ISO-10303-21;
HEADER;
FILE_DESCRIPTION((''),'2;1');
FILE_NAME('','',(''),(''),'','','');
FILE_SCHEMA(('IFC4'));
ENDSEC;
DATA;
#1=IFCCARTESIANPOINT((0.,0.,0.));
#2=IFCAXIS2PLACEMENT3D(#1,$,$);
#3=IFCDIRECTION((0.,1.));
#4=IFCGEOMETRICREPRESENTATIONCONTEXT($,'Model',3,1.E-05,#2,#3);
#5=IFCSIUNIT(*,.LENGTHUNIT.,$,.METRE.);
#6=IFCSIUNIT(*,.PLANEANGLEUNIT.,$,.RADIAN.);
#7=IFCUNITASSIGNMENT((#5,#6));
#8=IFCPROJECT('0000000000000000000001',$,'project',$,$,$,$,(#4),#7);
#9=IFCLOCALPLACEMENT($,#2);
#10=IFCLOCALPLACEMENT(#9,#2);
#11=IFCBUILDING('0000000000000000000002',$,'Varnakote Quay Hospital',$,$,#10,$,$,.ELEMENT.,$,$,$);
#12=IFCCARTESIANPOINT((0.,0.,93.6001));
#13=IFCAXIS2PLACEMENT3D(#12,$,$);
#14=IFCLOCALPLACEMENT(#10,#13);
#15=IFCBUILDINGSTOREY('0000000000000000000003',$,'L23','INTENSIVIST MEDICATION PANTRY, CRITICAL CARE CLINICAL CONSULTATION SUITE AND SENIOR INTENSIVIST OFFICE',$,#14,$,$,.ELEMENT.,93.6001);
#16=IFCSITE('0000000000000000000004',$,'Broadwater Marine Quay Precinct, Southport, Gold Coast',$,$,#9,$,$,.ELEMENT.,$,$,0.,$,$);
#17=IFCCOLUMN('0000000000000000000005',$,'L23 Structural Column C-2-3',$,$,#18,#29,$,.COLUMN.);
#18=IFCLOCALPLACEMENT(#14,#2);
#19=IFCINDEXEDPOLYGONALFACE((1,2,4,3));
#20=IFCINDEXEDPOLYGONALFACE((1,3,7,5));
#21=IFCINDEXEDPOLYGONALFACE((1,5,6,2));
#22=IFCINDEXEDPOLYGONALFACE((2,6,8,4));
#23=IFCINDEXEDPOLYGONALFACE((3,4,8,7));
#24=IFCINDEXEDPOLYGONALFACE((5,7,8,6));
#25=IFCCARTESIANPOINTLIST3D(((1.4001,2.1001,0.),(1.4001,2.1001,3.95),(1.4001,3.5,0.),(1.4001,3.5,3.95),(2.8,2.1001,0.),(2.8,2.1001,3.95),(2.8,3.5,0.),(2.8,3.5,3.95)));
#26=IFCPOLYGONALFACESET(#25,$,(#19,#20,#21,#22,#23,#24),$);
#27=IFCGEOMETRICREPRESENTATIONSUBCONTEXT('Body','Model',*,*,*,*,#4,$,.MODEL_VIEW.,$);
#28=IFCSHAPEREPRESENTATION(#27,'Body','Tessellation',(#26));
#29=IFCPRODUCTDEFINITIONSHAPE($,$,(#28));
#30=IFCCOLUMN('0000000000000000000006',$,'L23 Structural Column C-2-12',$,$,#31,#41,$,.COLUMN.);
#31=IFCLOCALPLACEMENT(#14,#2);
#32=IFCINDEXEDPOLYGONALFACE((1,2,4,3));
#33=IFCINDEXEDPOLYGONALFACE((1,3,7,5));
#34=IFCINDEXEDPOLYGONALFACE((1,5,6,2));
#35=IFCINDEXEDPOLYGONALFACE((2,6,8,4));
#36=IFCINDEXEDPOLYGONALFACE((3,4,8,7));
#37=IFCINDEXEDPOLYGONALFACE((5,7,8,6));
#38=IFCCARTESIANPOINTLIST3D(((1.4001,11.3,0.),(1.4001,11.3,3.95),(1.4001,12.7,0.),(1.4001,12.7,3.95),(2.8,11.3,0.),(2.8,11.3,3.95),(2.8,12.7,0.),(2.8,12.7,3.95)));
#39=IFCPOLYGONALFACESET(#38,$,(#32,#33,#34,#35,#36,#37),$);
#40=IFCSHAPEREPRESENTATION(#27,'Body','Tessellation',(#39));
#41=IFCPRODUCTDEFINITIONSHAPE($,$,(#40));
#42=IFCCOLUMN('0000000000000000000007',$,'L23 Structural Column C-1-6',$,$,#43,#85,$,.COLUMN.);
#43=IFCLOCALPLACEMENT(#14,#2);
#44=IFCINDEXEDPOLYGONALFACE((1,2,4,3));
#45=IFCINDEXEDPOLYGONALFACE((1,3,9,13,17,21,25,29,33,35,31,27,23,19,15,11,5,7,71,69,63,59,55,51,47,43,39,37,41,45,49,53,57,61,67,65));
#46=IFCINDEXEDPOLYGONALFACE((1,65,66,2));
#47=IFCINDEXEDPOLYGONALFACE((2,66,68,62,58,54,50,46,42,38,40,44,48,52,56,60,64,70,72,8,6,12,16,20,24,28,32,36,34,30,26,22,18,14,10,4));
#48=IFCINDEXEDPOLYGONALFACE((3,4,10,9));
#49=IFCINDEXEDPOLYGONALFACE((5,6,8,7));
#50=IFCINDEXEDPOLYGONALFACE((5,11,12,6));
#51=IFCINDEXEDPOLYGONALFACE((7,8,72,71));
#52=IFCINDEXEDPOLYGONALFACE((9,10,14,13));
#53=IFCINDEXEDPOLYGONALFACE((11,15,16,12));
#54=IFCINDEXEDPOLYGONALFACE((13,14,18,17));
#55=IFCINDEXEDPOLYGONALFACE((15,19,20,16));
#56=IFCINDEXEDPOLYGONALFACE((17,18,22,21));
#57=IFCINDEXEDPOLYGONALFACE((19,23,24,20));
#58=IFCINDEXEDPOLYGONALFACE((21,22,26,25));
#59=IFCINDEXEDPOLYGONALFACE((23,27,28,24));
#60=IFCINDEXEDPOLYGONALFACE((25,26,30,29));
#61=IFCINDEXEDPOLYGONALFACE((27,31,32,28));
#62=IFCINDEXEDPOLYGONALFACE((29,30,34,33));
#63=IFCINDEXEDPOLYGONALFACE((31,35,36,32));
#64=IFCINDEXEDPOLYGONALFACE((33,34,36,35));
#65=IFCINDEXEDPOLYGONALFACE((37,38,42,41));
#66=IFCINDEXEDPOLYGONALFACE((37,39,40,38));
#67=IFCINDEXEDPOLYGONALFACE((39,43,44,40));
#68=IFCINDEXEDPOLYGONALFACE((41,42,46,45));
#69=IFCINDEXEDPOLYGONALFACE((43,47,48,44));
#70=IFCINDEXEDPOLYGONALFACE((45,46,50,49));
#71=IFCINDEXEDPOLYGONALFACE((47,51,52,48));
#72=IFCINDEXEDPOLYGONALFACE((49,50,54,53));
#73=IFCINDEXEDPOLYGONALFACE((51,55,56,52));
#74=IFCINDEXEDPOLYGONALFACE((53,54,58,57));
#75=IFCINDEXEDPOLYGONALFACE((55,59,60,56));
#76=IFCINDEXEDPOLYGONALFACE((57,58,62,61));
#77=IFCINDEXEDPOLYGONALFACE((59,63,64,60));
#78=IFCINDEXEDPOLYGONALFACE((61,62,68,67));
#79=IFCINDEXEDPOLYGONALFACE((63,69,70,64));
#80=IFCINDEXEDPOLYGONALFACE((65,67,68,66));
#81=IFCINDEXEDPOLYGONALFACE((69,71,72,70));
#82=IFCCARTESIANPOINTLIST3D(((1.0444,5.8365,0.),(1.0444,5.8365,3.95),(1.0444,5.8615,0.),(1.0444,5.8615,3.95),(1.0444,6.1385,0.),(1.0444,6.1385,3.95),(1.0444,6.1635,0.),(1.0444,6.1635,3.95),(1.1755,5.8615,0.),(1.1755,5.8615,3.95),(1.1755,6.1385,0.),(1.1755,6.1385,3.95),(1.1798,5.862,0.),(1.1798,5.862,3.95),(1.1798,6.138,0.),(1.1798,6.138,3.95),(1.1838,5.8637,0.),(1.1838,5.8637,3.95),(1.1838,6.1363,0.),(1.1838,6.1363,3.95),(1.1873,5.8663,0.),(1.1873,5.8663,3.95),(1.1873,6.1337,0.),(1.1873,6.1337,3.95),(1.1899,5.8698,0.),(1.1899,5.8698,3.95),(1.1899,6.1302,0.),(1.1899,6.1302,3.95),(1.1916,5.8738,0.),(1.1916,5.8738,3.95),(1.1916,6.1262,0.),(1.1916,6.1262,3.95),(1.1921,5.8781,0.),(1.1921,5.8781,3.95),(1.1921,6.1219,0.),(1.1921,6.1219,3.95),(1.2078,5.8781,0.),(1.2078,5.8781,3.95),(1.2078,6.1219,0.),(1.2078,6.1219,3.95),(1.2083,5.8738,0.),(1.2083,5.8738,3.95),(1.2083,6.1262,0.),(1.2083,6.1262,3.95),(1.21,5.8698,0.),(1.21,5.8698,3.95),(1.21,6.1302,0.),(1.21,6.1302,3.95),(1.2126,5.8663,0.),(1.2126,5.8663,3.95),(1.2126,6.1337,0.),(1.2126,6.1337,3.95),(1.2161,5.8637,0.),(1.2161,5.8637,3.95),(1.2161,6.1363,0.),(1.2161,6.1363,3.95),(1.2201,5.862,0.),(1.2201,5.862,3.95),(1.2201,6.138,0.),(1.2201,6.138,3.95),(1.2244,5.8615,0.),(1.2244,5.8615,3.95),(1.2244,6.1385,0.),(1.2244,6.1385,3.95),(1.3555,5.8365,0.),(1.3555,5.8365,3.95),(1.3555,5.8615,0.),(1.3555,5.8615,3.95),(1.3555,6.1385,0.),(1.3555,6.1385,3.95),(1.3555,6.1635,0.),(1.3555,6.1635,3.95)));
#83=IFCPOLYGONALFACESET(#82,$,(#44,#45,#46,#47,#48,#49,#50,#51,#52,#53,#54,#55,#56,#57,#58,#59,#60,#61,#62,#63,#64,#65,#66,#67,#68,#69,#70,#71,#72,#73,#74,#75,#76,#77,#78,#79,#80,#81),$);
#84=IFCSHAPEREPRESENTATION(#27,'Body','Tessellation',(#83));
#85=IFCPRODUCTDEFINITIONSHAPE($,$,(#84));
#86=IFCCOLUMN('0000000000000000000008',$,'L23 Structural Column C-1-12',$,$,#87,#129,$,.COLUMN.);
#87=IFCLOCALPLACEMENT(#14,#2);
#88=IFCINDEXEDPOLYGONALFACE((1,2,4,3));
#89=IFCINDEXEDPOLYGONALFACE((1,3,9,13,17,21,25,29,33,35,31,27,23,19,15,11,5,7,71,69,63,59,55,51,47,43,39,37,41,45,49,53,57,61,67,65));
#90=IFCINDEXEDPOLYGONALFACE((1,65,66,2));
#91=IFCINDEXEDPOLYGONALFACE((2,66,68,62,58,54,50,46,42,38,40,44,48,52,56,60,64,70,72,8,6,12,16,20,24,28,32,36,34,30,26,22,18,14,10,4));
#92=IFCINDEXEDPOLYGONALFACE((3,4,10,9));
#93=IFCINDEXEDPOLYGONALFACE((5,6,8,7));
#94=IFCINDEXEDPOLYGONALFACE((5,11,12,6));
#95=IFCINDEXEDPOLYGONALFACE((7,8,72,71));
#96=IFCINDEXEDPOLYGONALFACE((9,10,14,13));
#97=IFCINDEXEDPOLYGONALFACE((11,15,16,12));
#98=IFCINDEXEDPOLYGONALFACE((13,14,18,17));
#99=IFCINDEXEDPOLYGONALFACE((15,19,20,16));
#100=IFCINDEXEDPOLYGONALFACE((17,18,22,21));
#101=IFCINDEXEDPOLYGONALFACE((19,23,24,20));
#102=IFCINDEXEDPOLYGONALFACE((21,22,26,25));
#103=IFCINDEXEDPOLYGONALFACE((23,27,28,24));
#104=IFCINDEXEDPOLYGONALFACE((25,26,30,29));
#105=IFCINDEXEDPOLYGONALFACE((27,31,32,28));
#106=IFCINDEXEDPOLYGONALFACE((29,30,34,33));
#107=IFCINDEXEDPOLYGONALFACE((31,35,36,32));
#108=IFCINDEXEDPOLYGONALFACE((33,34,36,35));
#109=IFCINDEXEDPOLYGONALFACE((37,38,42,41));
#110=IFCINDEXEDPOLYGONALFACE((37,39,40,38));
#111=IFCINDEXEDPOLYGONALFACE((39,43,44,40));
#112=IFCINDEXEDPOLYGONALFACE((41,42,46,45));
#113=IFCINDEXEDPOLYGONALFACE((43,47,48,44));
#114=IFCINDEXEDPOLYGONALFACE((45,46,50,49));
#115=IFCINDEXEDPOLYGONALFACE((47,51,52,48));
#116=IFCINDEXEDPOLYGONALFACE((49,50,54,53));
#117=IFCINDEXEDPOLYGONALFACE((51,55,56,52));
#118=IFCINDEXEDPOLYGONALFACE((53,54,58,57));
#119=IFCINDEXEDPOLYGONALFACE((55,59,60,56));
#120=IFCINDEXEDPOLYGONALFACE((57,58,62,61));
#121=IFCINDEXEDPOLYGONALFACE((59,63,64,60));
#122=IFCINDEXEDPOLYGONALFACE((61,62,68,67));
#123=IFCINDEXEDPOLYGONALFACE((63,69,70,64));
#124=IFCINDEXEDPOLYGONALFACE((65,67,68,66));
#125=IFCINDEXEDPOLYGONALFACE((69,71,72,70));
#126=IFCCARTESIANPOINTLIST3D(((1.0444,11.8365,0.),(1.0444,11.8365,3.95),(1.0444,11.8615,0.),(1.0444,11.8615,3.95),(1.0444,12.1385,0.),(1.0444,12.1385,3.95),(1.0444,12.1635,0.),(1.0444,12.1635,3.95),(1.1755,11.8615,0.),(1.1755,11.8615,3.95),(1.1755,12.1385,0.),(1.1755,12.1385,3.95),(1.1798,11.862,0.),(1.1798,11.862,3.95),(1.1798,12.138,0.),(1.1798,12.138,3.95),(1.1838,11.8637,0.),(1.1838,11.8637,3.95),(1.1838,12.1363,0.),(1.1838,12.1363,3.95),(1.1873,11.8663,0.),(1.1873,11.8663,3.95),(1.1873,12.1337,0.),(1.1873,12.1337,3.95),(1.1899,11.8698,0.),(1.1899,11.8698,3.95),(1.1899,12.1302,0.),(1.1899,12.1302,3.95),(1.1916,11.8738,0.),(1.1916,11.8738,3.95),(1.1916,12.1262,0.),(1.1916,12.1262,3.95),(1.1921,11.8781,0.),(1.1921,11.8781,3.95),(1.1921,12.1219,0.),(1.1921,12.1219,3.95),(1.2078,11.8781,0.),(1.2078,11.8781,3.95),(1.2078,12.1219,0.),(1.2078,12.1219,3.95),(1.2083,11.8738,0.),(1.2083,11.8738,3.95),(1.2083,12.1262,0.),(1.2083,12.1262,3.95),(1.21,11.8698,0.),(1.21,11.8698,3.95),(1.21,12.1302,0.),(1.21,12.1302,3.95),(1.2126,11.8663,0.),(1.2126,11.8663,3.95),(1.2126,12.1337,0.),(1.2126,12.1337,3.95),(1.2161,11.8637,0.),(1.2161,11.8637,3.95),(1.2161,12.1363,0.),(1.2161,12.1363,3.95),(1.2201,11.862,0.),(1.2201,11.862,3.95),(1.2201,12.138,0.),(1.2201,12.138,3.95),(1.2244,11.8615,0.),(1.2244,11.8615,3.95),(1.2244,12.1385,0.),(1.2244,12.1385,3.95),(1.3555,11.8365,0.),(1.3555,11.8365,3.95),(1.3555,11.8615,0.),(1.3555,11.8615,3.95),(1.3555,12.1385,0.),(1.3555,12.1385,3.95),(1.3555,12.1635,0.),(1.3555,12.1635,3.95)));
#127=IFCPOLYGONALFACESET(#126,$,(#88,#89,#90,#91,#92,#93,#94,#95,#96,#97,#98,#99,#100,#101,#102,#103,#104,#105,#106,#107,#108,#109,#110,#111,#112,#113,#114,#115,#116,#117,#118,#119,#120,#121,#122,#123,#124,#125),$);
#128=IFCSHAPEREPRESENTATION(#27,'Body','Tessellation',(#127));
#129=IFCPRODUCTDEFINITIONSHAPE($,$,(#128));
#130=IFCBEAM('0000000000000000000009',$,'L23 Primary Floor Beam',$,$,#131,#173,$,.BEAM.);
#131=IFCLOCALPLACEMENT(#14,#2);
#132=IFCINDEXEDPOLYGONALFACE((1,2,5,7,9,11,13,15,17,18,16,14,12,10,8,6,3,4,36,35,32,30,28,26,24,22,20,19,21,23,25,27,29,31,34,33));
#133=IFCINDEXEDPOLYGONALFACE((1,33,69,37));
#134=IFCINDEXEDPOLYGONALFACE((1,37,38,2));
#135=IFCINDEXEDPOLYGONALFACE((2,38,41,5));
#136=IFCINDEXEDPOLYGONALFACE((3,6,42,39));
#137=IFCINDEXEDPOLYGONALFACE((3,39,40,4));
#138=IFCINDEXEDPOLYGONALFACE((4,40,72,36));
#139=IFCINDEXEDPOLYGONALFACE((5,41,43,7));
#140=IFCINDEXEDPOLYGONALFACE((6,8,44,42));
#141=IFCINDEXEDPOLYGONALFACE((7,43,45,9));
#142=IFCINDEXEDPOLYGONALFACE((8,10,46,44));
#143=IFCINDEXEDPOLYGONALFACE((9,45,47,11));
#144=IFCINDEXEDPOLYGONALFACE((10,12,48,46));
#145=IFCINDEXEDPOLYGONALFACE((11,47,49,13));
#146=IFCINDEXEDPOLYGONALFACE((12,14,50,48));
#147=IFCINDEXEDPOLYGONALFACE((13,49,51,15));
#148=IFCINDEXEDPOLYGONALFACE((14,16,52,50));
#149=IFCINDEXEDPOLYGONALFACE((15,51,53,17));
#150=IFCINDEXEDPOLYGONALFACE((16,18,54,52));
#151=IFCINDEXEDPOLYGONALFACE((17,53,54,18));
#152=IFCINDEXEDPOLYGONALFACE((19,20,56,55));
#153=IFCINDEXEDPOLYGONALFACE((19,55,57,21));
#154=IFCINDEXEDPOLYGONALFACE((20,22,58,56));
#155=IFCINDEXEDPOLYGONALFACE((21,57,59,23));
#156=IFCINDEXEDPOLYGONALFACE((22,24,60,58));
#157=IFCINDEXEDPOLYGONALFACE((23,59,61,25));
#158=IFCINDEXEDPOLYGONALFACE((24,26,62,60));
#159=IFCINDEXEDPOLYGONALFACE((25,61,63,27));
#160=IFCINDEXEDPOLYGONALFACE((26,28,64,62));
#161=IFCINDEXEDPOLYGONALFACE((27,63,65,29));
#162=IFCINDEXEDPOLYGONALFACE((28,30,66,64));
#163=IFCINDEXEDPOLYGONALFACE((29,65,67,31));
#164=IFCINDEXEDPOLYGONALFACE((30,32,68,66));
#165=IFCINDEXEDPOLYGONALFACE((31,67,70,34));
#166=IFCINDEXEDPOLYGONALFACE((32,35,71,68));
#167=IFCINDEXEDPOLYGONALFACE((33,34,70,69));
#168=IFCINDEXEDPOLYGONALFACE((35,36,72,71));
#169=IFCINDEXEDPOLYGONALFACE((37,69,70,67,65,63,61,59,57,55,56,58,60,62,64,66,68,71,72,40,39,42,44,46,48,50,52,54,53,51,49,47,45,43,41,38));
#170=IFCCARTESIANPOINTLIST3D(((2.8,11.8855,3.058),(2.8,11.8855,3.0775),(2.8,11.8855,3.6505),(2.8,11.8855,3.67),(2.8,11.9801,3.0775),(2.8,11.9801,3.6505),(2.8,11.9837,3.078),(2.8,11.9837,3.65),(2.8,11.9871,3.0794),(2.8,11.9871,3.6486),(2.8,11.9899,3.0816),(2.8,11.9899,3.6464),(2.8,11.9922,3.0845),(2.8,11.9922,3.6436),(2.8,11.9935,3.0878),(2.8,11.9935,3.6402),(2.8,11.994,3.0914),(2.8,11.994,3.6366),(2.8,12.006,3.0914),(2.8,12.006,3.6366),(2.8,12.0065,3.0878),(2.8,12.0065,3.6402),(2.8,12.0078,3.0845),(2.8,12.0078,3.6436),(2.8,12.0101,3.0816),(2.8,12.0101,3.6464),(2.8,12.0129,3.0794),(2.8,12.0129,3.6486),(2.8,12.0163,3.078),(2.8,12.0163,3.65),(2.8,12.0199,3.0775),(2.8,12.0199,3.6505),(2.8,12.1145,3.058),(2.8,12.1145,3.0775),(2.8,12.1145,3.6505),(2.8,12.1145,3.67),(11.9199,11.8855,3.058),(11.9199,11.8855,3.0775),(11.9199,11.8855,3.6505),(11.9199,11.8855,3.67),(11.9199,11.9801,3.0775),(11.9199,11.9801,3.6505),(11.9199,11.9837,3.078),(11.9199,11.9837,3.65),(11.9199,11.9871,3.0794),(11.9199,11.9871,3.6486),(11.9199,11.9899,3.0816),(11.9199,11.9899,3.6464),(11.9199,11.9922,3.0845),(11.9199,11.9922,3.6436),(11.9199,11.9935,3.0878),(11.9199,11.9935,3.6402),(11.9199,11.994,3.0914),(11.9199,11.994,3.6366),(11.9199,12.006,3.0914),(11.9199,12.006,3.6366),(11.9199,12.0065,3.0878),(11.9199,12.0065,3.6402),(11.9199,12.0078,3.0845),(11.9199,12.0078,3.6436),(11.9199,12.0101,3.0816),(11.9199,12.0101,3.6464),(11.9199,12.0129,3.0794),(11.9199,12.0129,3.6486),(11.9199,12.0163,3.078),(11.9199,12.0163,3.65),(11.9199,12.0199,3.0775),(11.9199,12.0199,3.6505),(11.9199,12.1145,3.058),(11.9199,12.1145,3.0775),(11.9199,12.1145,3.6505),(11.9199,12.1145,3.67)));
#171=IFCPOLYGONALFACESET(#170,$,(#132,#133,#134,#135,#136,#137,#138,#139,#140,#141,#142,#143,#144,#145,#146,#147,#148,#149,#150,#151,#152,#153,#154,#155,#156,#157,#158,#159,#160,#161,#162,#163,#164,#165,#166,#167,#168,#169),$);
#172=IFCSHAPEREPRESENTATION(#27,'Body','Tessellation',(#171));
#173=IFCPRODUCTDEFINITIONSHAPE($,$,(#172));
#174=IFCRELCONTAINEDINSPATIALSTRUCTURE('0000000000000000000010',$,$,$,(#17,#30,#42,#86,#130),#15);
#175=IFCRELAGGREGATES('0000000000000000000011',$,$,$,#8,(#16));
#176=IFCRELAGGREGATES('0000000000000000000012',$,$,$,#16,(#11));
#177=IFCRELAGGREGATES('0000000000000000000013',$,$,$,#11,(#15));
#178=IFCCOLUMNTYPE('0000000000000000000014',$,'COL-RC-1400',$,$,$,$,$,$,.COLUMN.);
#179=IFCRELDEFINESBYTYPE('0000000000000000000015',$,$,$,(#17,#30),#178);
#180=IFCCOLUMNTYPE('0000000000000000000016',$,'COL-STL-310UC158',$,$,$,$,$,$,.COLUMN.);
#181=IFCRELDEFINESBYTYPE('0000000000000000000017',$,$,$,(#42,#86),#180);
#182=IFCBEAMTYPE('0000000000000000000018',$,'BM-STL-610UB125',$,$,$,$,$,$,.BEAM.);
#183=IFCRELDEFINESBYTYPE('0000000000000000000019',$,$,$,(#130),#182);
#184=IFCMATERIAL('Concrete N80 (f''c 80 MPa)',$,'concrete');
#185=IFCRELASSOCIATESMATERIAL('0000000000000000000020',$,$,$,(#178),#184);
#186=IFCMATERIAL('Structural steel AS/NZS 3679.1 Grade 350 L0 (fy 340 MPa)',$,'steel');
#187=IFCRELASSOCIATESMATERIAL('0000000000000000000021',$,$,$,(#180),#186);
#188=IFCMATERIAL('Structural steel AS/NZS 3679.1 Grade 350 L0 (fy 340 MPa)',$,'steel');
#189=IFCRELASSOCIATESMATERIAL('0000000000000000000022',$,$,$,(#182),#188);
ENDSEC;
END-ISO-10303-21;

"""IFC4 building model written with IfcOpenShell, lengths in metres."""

from ifc_helpers import new_model, si_unit, direction, frame, origin, origin_2d, place, context, subcontext, project, spatial, rectangle, i_section, extrude, material, material_profile, profile_set, type_object, element, save


model = new_model("IFC4")

# Units and contexts
model_context = context("Model", 3, precision=1e-05, world=origin(), true_north=direction((0.0, 1.0)))
body_context = subcontext(model_context, "Body", "Model", "MODEL_VIEW")
ifc_project = project(units=[si_unit("LENGTHUNIT", "METRE"), si_unit("PLANEANGLEUNIT", "RADIAN")], contexts=[model_context])

# Site, building, storey
site_placement = place(None, origin())
site = spatial("IfcSite", under=ifc_project, at=site_placement, Name="Broadwater Marine Quay Precinct, Southport, Gold Coast", CompositionType="ELEMENT", RefElevation=0.0)
building_placement = place(site_placement, origin())
building = spatial("IfcBuilding", under=site, at=building_placement, Name="Varnakote Quay Hospital", CompositionType="ELEMENT")
storey_placement = place(building_placement, frame((0.0, 0.0, 93.6001)))
storey = spatial("IfcBuildingStorey", under=building, at=storey_placement, Name="L23", Description="INTENSIVIST MEDICATION PANTRY, CRITICAL CARE CLINICAL CONSULTATION SUITE AND SENIOR INTENSIVIST OFFICE", CompositionType="ELEMENT", Elevation=93.6001)

# Columns
ifc_material_1 = material(Name="Concrete N80 (f'c 80 MPa)", Category="concrete")
ifc_material_profile_1 = material_profile(ifc_material_1, rectangle(XDim=1.3999, YDim=1.3999, at=origin_2d()), Name="RC-COL-1400x1400")
ifc_profile_set_1 = profile_set([ifc_material_profile_1], Name="Concrete N80 (f'c 80 MPa)")
column_type_1 = type_object("IfcColumnType", Name="COL-RC-1400", PredefinedType="COLUMN", material=ifc_profile_set_1)
for number, where, z_axis, x_axis, name in (
    (1, (2.1001, 2.8, 0.0), (0.0, 0.0, 1.0), (1.0, 0.0, 0.0), "L23 Structural Column C-2-3"),
    (2, (2.1001, 12.0, 0.0), (0.0, 0.0, 1.0), (1.0, 0.0, 0.0), "L23 Structural Column C-2-12"),
):
    element("IfcColumn", number, at=place(storey_placement, frame(where, z_axis=z_axis, x_axis=x_axis)), inside=storey, type_object=column_type_1, Name=name, PredefinedType="COLUMN", context=body_context, shape_type="SweptSolid", body=[
        extrude(rectangle(XDim=1.3999, YDim=1.3999, at=origin_2d()), origin(), (0.0, 0.0, 1.0), 3.95),
    ])
ifc_material_2 = material(Name="Structural steel AS/NZS 3679.1 Grade 350 L0 (fy 340 MPa)", Category="steel")
ifc_material_profile_2 = material_profile(ifc_material_2, i_section(OverallWidth=0.311, OverallDepth=0.3269, WebThickness=0.0156, FlangeThickness=0.0249, FilletRadius=0.0166, at=origin_2d()), Name="310UC158")
ifc_profile_set_2 = profile_set([ifc_material_profile_2], Name="Structural steel AS/NZS 3679.1 Grade 350 L0 (fy 340 MPa)")
column_type_2 = type_object("IfcColumnType", Name="COL-STL-310UC158", PredefinedType="COLUMN", material=ifc_profile_set_2)
for number, where, z_axis, x_axis, name in (
    (3, (1.2, 6.0, 0.0), (0.0, 0.0, 1.0), (1.0, 0.0, 0.0), "L23 Structural Column C-1-6"),
    (4, (1.2, 12.0, 0.0), (0.0, 0.0, 1.0), (1.0, 0.0, 0.0), "L23 Structural Column C-1-12"),
):
    element("IfcColumn", number, at=place(storey_placement, frame(where, z_axis=z_axis, x_axis=x_axis)), inside=storey, type_object=column_type_2, Name=name, PredefinedType="COLUMN", context=body_context, shape_type="SweptSolid", body=[
        extrude(i_section(OverallWidth=0.311, OverallDepth=0.3269, WebThickness=0.0156, FlangeThickness=0.0249, FilletRadius=0.0166, at=origin_2d()), origin(), (0.0, 0.0, 1.0), 3.95),
    ])

# Beam
ifc_material_3 = material(Name="Structural steel AS/NZS 3679.1 Grade 350 L0 (fy 340 MPa)", Category="steel")
ifc_material_profile_3 = material_profile(ifc_material_3, i_section(OverallWidth=0.229, OverallDepth=0.6121, WebThickness=0.012, FlangeThickness=0.0195, FilletRadius=0.0139, at=origin_2d()), Name="610UB125")
ifc_profile_set_3 = profile_set([ifc_material_profile_3], Name="Structural steel AS/NZS 3679.1 Grade 350 L0 (fy 340 MPa)")
beam_type_1 = type_object("IfcBeamType", Name="BM-STL-610UB125", PredefinedType="BEAM", material=ifc_profile_set_3)
beam_1_placement = place(storey_placement, frame((2.8, 12.0, 3.364), z_axis=(1.0, 0.0, 0.0), x_axis=(0.0, 1.0, 0.0)))
element("IfcBeam", 5, at=beam_1_placement, inside=storey, type_object=beam_type_1, Name="L23 Primary Floor Beam", PredefinedType="BEAM", context=body_context, shape_type="SweptSolid", body=[
    extrude(i_section(OverallWidth=0.229, OverallDepth=0.6121, WebThickness=0.012, FlangeThickness=0.0195, FilletRadius=0.0139, at=origin_2d()), origin(), (0.0, 0.0, 1.0), 9.1199),
])

save(model, "model.ifc")
